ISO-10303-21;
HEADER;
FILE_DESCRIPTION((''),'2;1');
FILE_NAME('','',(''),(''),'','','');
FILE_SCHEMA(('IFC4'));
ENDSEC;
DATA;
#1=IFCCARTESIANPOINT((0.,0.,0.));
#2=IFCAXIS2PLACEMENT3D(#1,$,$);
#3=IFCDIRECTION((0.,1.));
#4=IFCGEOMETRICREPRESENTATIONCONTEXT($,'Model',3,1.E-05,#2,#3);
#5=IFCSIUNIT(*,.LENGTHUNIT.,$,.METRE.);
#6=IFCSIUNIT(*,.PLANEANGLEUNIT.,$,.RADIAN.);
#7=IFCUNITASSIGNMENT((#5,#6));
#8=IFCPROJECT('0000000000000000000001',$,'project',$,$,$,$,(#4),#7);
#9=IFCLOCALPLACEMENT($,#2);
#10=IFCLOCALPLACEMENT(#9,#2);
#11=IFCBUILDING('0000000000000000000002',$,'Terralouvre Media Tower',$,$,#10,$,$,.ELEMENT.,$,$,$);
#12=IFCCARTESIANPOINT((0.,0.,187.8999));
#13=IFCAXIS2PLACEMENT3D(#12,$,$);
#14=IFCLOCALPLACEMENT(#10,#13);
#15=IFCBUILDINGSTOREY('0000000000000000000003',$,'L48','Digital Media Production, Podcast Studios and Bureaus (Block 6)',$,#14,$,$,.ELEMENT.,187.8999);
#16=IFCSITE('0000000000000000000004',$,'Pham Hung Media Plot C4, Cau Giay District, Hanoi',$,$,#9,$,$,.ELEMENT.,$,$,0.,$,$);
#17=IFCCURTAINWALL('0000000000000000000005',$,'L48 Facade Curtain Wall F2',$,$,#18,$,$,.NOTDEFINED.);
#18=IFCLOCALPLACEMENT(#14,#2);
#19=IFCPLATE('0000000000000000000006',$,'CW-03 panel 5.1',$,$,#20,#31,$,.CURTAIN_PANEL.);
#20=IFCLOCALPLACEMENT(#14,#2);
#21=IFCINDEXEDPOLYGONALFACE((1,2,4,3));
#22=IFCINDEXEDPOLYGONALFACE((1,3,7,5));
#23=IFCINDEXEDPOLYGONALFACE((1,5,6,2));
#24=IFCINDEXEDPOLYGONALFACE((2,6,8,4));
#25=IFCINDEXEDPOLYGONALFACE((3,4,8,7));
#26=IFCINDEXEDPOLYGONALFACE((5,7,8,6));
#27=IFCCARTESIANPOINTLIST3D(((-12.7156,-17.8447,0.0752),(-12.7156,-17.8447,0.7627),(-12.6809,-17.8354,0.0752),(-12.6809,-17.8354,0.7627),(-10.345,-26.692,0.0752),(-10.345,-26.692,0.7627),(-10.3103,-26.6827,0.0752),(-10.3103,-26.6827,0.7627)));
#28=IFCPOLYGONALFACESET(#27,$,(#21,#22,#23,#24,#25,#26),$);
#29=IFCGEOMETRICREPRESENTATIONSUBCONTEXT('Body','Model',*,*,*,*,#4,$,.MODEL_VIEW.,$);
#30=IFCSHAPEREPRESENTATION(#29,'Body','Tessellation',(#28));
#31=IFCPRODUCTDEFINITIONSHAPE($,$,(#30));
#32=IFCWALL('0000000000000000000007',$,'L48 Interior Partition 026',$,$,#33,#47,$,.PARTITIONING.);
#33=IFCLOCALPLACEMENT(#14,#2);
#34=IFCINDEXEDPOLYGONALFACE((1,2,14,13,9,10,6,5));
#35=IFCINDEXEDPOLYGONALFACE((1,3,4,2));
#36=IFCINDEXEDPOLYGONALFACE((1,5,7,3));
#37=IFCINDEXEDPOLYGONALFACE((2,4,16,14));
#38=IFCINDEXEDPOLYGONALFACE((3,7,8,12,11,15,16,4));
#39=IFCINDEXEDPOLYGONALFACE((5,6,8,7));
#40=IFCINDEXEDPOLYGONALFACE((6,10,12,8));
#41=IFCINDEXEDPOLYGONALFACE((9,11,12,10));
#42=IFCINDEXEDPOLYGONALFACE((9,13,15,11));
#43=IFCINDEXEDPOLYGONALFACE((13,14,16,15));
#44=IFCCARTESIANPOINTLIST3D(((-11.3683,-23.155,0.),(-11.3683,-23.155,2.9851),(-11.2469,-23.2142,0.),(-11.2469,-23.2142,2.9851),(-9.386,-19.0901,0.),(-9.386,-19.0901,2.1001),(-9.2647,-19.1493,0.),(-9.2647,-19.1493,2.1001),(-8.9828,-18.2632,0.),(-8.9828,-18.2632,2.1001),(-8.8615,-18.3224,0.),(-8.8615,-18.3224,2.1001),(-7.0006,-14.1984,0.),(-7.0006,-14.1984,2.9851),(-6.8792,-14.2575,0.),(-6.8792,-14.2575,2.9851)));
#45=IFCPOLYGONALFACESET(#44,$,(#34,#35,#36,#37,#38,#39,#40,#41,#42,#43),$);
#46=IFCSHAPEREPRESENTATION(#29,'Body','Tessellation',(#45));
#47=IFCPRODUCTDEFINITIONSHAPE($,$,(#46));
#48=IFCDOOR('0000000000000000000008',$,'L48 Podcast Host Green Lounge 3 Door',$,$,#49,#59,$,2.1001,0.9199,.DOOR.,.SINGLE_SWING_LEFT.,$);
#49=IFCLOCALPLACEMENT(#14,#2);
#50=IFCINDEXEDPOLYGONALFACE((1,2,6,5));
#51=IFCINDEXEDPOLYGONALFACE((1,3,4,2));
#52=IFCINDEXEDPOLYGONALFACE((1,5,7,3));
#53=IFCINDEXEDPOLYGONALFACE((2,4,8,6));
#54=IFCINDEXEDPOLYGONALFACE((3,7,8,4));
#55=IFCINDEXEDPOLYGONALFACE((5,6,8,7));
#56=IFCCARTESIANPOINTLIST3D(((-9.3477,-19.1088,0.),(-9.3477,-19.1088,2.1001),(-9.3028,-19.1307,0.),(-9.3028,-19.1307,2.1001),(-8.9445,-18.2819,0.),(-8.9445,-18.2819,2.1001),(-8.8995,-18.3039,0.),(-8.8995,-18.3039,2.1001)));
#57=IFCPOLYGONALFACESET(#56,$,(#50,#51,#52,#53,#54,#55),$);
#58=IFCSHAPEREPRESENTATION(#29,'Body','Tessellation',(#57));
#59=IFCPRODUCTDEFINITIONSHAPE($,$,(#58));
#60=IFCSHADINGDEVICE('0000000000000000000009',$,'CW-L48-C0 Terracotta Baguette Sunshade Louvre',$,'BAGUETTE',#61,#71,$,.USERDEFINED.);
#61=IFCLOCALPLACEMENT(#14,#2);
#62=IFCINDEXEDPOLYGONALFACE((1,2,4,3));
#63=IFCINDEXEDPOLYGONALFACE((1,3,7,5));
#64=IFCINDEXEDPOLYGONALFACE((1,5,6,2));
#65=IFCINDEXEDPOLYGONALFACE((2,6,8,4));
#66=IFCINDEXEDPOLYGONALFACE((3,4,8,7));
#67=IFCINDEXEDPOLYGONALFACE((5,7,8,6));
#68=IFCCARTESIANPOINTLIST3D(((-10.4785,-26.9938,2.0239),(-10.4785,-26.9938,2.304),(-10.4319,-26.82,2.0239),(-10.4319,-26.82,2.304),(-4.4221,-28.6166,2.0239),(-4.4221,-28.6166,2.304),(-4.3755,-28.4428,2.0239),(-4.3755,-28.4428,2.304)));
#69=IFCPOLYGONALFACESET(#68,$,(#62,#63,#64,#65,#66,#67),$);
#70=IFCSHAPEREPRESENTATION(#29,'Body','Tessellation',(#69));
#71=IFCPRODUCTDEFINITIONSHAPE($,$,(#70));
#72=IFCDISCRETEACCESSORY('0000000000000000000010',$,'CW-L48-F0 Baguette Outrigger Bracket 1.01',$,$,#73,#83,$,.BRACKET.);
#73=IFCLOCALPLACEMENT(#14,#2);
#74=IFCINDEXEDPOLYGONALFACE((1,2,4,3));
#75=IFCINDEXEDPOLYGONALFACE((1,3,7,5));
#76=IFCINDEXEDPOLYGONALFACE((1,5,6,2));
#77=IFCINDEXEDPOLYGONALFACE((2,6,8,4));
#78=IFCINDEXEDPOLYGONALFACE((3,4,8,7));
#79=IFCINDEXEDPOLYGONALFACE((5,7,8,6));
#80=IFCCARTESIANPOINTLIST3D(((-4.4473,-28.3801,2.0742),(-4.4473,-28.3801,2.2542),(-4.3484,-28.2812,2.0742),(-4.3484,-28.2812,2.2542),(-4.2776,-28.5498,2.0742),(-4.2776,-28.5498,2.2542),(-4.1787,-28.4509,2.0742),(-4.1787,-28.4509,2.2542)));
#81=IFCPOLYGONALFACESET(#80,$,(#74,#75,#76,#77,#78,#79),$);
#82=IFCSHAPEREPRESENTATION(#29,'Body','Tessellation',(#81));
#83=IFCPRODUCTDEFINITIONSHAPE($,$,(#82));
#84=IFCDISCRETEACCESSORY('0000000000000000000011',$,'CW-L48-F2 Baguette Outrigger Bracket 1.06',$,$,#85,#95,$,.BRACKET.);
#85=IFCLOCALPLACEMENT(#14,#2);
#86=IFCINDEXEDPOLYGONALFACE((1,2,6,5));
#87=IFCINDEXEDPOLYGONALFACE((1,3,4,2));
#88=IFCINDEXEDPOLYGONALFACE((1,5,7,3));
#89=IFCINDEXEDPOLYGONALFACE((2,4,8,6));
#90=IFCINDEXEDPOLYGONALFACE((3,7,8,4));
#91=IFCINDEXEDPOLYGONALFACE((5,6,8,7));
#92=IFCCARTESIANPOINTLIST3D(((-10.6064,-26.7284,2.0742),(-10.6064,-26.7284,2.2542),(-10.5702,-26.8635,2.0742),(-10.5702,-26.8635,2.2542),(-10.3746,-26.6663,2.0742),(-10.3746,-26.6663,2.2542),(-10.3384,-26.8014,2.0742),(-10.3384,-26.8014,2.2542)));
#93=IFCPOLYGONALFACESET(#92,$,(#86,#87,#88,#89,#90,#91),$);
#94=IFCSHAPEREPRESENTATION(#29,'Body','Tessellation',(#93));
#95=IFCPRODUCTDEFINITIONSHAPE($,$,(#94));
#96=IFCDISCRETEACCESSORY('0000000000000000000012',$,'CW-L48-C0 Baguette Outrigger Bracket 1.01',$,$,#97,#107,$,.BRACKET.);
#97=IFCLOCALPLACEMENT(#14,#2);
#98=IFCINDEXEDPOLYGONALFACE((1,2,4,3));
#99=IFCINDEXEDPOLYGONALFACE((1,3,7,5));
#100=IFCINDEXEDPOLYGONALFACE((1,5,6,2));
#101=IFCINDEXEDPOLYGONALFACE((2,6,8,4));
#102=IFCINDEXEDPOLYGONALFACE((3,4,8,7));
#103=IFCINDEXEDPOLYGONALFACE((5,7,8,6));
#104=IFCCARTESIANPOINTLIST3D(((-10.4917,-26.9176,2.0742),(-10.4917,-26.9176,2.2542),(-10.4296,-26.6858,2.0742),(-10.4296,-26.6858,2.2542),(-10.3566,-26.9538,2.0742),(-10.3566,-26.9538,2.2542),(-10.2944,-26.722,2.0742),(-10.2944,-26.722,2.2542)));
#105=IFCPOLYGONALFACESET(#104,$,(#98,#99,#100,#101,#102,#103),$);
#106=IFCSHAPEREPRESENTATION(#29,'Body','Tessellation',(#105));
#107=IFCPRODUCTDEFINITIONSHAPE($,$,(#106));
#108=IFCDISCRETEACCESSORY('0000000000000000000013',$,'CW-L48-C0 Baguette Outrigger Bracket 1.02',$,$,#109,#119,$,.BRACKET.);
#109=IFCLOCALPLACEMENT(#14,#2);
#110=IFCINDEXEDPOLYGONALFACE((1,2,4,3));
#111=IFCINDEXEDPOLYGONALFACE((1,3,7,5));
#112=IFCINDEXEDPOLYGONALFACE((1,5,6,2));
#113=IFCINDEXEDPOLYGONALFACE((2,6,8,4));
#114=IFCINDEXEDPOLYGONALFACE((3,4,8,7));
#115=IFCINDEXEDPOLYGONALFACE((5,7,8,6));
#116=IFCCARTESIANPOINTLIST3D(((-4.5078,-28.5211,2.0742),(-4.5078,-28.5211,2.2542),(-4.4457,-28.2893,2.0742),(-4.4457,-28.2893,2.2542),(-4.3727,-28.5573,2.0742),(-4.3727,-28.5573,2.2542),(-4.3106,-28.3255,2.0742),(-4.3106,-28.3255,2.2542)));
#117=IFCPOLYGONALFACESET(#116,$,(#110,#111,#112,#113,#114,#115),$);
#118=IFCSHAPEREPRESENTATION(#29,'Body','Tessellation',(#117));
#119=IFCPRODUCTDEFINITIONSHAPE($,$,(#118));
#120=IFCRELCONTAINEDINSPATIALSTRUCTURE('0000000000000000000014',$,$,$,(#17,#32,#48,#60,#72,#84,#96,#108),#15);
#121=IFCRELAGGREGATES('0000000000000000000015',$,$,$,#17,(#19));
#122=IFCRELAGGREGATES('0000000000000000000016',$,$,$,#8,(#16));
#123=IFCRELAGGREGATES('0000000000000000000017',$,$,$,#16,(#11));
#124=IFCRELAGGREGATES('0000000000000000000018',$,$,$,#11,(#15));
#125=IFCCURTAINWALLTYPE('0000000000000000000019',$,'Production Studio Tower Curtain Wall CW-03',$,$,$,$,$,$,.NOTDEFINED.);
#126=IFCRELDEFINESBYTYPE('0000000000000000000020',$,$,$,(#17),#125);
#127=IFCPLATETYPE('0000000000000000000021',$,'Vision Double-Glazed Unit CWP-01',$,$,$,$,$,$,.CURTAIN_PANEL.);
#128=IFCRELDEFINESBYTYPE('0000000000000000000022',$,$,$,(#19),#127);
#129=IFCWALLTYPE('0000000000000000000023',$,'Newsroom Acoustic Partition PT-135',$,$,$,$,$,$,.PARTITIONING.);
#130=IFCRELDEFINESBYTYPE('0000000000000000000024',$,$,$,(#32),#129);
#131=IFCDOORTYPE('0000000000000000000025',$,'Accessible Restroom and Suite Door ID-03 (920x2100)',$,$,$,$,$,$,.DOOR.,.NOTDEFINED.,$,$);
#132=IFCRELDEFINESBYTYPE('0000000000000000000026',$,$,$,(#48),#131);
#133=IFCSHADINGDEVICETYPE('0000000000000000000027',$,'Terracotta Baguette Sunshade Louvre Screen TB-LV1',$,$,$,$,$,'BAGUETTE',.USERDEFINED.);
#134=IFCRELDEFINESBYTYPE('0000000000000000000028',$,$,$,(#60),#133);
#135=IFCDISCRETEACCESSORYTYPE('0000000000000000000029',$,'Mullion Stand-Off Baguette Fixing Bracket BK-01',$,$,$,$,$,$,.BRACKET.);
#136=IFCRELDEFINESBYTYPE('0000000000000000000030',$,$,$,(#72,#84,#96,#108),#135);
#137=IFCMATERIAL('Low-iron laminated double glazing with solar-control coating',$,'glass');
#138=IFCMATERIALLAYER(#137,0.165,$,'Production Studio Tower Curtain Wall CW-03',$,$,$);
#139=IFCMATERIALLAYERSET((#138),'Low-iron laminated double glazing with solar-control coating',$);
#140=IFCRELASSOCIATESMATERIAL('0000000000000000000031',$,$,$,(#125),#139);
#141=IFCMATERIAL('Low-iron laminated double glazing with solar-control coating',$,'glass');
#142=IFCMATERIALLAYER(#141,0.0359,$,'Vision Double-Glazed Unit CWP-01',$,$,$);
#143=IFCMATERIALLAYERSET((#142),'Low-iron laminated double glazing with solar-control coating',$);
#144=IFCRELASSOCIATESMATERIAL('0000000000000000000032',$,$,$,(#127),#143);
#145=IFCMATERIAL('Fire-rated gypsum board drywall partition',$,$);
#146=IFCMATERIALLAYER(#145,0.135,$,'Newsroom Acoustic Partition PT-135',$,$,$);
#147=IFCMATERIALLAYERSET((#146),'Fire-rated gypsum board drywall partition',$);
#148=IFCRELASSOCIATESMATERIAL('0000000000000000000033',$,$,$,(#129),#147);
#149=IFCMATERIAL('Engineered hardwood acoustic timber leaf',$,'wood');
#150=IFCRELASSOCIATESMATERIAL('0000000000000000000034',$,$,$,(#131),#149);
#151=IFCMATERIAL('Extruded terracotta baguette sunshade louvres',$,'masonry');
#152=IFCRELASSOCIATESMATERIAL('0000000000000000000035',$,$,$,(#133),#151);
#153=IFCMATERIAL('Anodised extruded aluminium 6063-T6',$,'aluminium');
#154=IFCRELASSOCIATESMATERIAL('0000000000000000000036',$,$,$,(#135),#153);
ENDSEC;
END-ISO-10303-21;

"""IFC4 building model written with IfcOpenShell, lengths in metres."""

from ifc_helpers import new_model, si_unit, direction, frame, frame_2d, origin, origin_2d, place, context, subcontext, project, spatial, rectangle, extrude, material, layer, layer_set, type_object, element, fill, aggregate, save


model = new_model("IFC4")

# Units and contexts
model_context = context("Model", 3, precision=1e-05, world=origin(), true_north=direction((0.0, 1.0)))
body_context = subcontext(model_context, "Body", "Model", "MODEL_VIEW")
ifc_project = project(units=[si_unit("LENGTHUNIT", "METRE"), si_unit("PLANEANGLEUNIT", "RADIAN")], contexts=[model_context])

# Site, building, storey
site_placement = place(None, origin())
site = spatial("IfcSite", under=ifc_project, at=site_placement, Name="Pham Hung Media Plot C4, Cau Giay District, Hanoi", CompositionType="ELEMENT", RefElevation=0.0)
building_placement = place(site_placement, origin())
building = spatial("IfcBuilding", under=site, at=building_placement, Name="Terralouvre Media Tower", CompositionType="ELEMENT")
storey_placement = place(building_placement, frame((0.0, 0.0, 187.8999)))
storey = spatial("IfcBuildingStorey", under=building, at=storey_placement, Name="L48", Description="Digital Media Production, Podcast Studios and Bureaus (Block 6)", CompositionType="ELEMENT", Elevation=187.8999)

# Shared definitions
ifc_material_1 = material(Name="Low-iron laminated double glazing with solar-control coating", Category="glass")
ifc_layer_1 = layer(ifc_material_1, 0.165, Name="Production Studio Tower Curtain Wall CW-03")
ifc_layer_set_1 = layer_set([ifc_layer_1], Name="Low-iron laminated double glazing with solar-control coating")
curtain_wall_type_1 = type_object("IfcCurtainWallType", Name="Production Studio Tower Curtain Wall CW-03", PredefinedType="NOTDEFINED", material=ifc_layer_set_1)

# Curtain wall
curtain_wall_1_placement = place(storey_placement, origin())
curtain_wall_1 = element("IfcCurtainWall", 1, at=curtain_wall_1_placement, inside=storey, type_object=curtain_wall_type_1, Name="L48 Facade Curtain Wall F2", PredefinedType="NOTDEFINED")

# Plate
ifc_material_2 = material(Name="Low-iron laminated double glazing with solar-control coating", Category="glass")
ifc_layer_2 = layer(ifc_material_2, 0.0359, Name="Vision Double-Glazed Unit CWP-01")
ifc_layer_set_2 = layer_set([ifc_layer_2], Name="Low-iron laminated double glazing with solar-control coating")
plate_type_1 = type_object("IfcPlateType", Name="Vision Double-Glazed Unit CWP-01", PredefinedType="CURTAIN_PANEL", material=ifc_layer_set_2)
plate_1_placement = place(storey_placement, frame((-11.5129, -22.2637, 0.0752), z_axis=(0.0, 0.0, 1.0), x_axis=(0.258819, -0.965926, 0.0)))
plate_1 = element("IfcPlate", 2, at=plate_1_placement, type_object=plate_type_1, Name="CW-03 panel 5.1", PredefinedType="CURTAIN_PANEL", context=body_context, shape_type="SweptSolid", body=[
    extrude(rectangle(XDim=9.1594, YDim=0.0359, at=origin_2d()), origin(), (0.0, 0.0, 1.0), 0.6875),
])
aggregate(curtain_wall_1, [plate_1])

# Wall, opening, door
ifc_material_3 = material(Name="Fire-rated gypsum board drywall partition")
ifc_layer_3 = layer(ifc_material_3, 0.135, Name="Newsroom Acoustic Partition PT-135")
ifc_layer_set_3 = layer_set([ifc_layer_3], Name="Fire-rated gypsum board drywall partition")
wall_type = type_object("IfcWallType", Name="Newsroom Acoustic Partition PT-135", PredefinedType="PARTITIONING", material=ifc_layer_set_3)
wall_placement = place(storey_placement, frame((-11.3076, -23.1846, 0.0), z_axis=(0.0, 0.0, 1.0), x_axis=(0.438313, 0.898823, 0.0)))
wall = element("IfcWall", 3, at=wall_placement, inside=storey, type_object=wall_type, Name="L48 Interior Partition 026", PredefinedType="PARTITIONING", context=body_context, shape_type="SweptSolid", body=[
    extrude(rectangle(XDim=9.9648, YDim=0.135, at=frame_2d((4.9824, 0.0))), origin(), (0.0, 0.0, 1.0), 2.9851),
])
opening_placement = place(wall_placement, frame((4.5225, 0.0, 0.0)))
opening = element("IfcOpeningElement", 4, at=opening_placement, cuts=wall, PredefinedType="OPENING", context=body_context, shape_type="SweptSolid", body=[
    extrude(rectangle(XDim=0.9199, YDim=2.1001, at=frame_2d((0.46, 1.05))), frame((0.0, 0.0774, 0.0), z_axis=(0.0, -1.0, 0.0), x_axis=(1.0, 0.0, 0.0)), (0.0, 0.0, 1.0), 0.155),
])
ifc_material_4 = material(Name="Engineered hardwood acoustic timber leaf", Category="wood")
door_type = type_object("IfcDoorType", Name="Accessible Restroom and Suite Door ID-03 (920x2100)", OperationType="NOTDEFINED", PredefinedType="DOOR", material=ifc_material_4)
door_placement = place(opening_placement, origin())
door = element("IfcDoor", 5, at=door_placement, inside=storey, type_object=door_type, Name="L48 Podcast Host Green Lounge 3 Door", OperationType="SINGLE_SWING_LEFT", OverallHeight=2.1001, OverallWidth=0.9199, PredefinedType="DOOR", context=body_context, shape_type="SweptSolid", body=[
    extrude(rectangle(XDim=0.9199, YDim=2.1001, at=frame_2d((0.46, 1.05))), frame((0.0, 0.0249, 0.0), z_axis=(0.0, -1.0, 0.0), x_axis=(1.0, 0.0, 0.0)), (0.0, 0.0, 1.0), 0.05),
])
fill(opening, door)

# Shading device
ifc_material_5 = material(Name="Extruded terracotta baguette sunshade louvres", Category="masonry")
shading_device_type = type_object("IfcShadingDeviceType", Name="Terracotta Baguette Sunshade Louvre Screen TB-LV1", ElementType="BAGUETTE", PredefinedType="USERDEFINED", material=ifc_material_5)
shading_device_placement = place(storey_placement, frame((-7.427, -27.7183, 2.0239), z_axis=(0.0, 0.0, 1.0), x_axis=(0.965926, -0.258819, 0.0)))
element("IfcShadingDevice", 6, at=shading_device_placement, inside=storey, type_object=shading_device_type, Name="CW-L48-C0 Terracotta Baguette Sunshade Louvre", ObjectType="BAGUETTE", PredefinedType="USERDEFINED", context=body_context, shape_type="SweptSolid", body=[
    extrude(rectangle(XDim=6.27, YDim=0.1799, at=origin_2d()), origin(), (0.0, 0.0, 1.0), 0.28),
])

# Discrete accessories
ifc_material_6 = material(Name="Anodised extruded aluminium 6063-T6", Category="aluminium")
discrete_accessory_type = type_object("IfcDiscreteAccessoryType", Name="Mullion Stand-Off Baguette Fixing Bracket BK-01", PredefinedType="BRACKET", material=ifc_material_6)
for number, where, z_axis, x_axis, name in (
    (7, (-4.313, -28.4155, 2.0742), (0.0, 0.0, 1.0), (0.707107, 0.707107, 0.0), "CW-L48-F0 Baguette Outrigger Bracket 1.01"),
    (8, (-10.4724, -26.7649, 2.0742), (0.0, 0.0, 1.0), (0.258819, -0.965926, 0.0), "CW-L48-F2 Baguette Outrigger Bracket 1.06"),
    (9, (-10.3931, -26.8198, 2.0742), (0.0, 0.0, 1.0), (0.965926, -0.258819, 0.0), "CW-L48-C0 Baguette Outrigger Bracket 1.01"),
    (10, (-4.4092, -28.4233, 2.0742), (0.0, 0.0, 1.0), (0.965926, -0.258819, 0.0), "CW-L48-C0 Baguette Outrigger Bracket 1.02"),
):
    element("IfcDiscreteAccessory", number, at=place(storey_placement, frame(where, z_axis=z_axis, x_axis=x_axis)), inside=storey, type_object=discrete_accessory_type, Name=name, PredefinedType="BRACKET", context=body_context, shape_type="SweptSolid", body=[
        extrude(rectangle(XDim=0.1399, YDim=0.24, at=origin_2d()), origin(), (0.0, 0.0, 1.0), 0.1799),
    ])

save(model, "model.ifc")
